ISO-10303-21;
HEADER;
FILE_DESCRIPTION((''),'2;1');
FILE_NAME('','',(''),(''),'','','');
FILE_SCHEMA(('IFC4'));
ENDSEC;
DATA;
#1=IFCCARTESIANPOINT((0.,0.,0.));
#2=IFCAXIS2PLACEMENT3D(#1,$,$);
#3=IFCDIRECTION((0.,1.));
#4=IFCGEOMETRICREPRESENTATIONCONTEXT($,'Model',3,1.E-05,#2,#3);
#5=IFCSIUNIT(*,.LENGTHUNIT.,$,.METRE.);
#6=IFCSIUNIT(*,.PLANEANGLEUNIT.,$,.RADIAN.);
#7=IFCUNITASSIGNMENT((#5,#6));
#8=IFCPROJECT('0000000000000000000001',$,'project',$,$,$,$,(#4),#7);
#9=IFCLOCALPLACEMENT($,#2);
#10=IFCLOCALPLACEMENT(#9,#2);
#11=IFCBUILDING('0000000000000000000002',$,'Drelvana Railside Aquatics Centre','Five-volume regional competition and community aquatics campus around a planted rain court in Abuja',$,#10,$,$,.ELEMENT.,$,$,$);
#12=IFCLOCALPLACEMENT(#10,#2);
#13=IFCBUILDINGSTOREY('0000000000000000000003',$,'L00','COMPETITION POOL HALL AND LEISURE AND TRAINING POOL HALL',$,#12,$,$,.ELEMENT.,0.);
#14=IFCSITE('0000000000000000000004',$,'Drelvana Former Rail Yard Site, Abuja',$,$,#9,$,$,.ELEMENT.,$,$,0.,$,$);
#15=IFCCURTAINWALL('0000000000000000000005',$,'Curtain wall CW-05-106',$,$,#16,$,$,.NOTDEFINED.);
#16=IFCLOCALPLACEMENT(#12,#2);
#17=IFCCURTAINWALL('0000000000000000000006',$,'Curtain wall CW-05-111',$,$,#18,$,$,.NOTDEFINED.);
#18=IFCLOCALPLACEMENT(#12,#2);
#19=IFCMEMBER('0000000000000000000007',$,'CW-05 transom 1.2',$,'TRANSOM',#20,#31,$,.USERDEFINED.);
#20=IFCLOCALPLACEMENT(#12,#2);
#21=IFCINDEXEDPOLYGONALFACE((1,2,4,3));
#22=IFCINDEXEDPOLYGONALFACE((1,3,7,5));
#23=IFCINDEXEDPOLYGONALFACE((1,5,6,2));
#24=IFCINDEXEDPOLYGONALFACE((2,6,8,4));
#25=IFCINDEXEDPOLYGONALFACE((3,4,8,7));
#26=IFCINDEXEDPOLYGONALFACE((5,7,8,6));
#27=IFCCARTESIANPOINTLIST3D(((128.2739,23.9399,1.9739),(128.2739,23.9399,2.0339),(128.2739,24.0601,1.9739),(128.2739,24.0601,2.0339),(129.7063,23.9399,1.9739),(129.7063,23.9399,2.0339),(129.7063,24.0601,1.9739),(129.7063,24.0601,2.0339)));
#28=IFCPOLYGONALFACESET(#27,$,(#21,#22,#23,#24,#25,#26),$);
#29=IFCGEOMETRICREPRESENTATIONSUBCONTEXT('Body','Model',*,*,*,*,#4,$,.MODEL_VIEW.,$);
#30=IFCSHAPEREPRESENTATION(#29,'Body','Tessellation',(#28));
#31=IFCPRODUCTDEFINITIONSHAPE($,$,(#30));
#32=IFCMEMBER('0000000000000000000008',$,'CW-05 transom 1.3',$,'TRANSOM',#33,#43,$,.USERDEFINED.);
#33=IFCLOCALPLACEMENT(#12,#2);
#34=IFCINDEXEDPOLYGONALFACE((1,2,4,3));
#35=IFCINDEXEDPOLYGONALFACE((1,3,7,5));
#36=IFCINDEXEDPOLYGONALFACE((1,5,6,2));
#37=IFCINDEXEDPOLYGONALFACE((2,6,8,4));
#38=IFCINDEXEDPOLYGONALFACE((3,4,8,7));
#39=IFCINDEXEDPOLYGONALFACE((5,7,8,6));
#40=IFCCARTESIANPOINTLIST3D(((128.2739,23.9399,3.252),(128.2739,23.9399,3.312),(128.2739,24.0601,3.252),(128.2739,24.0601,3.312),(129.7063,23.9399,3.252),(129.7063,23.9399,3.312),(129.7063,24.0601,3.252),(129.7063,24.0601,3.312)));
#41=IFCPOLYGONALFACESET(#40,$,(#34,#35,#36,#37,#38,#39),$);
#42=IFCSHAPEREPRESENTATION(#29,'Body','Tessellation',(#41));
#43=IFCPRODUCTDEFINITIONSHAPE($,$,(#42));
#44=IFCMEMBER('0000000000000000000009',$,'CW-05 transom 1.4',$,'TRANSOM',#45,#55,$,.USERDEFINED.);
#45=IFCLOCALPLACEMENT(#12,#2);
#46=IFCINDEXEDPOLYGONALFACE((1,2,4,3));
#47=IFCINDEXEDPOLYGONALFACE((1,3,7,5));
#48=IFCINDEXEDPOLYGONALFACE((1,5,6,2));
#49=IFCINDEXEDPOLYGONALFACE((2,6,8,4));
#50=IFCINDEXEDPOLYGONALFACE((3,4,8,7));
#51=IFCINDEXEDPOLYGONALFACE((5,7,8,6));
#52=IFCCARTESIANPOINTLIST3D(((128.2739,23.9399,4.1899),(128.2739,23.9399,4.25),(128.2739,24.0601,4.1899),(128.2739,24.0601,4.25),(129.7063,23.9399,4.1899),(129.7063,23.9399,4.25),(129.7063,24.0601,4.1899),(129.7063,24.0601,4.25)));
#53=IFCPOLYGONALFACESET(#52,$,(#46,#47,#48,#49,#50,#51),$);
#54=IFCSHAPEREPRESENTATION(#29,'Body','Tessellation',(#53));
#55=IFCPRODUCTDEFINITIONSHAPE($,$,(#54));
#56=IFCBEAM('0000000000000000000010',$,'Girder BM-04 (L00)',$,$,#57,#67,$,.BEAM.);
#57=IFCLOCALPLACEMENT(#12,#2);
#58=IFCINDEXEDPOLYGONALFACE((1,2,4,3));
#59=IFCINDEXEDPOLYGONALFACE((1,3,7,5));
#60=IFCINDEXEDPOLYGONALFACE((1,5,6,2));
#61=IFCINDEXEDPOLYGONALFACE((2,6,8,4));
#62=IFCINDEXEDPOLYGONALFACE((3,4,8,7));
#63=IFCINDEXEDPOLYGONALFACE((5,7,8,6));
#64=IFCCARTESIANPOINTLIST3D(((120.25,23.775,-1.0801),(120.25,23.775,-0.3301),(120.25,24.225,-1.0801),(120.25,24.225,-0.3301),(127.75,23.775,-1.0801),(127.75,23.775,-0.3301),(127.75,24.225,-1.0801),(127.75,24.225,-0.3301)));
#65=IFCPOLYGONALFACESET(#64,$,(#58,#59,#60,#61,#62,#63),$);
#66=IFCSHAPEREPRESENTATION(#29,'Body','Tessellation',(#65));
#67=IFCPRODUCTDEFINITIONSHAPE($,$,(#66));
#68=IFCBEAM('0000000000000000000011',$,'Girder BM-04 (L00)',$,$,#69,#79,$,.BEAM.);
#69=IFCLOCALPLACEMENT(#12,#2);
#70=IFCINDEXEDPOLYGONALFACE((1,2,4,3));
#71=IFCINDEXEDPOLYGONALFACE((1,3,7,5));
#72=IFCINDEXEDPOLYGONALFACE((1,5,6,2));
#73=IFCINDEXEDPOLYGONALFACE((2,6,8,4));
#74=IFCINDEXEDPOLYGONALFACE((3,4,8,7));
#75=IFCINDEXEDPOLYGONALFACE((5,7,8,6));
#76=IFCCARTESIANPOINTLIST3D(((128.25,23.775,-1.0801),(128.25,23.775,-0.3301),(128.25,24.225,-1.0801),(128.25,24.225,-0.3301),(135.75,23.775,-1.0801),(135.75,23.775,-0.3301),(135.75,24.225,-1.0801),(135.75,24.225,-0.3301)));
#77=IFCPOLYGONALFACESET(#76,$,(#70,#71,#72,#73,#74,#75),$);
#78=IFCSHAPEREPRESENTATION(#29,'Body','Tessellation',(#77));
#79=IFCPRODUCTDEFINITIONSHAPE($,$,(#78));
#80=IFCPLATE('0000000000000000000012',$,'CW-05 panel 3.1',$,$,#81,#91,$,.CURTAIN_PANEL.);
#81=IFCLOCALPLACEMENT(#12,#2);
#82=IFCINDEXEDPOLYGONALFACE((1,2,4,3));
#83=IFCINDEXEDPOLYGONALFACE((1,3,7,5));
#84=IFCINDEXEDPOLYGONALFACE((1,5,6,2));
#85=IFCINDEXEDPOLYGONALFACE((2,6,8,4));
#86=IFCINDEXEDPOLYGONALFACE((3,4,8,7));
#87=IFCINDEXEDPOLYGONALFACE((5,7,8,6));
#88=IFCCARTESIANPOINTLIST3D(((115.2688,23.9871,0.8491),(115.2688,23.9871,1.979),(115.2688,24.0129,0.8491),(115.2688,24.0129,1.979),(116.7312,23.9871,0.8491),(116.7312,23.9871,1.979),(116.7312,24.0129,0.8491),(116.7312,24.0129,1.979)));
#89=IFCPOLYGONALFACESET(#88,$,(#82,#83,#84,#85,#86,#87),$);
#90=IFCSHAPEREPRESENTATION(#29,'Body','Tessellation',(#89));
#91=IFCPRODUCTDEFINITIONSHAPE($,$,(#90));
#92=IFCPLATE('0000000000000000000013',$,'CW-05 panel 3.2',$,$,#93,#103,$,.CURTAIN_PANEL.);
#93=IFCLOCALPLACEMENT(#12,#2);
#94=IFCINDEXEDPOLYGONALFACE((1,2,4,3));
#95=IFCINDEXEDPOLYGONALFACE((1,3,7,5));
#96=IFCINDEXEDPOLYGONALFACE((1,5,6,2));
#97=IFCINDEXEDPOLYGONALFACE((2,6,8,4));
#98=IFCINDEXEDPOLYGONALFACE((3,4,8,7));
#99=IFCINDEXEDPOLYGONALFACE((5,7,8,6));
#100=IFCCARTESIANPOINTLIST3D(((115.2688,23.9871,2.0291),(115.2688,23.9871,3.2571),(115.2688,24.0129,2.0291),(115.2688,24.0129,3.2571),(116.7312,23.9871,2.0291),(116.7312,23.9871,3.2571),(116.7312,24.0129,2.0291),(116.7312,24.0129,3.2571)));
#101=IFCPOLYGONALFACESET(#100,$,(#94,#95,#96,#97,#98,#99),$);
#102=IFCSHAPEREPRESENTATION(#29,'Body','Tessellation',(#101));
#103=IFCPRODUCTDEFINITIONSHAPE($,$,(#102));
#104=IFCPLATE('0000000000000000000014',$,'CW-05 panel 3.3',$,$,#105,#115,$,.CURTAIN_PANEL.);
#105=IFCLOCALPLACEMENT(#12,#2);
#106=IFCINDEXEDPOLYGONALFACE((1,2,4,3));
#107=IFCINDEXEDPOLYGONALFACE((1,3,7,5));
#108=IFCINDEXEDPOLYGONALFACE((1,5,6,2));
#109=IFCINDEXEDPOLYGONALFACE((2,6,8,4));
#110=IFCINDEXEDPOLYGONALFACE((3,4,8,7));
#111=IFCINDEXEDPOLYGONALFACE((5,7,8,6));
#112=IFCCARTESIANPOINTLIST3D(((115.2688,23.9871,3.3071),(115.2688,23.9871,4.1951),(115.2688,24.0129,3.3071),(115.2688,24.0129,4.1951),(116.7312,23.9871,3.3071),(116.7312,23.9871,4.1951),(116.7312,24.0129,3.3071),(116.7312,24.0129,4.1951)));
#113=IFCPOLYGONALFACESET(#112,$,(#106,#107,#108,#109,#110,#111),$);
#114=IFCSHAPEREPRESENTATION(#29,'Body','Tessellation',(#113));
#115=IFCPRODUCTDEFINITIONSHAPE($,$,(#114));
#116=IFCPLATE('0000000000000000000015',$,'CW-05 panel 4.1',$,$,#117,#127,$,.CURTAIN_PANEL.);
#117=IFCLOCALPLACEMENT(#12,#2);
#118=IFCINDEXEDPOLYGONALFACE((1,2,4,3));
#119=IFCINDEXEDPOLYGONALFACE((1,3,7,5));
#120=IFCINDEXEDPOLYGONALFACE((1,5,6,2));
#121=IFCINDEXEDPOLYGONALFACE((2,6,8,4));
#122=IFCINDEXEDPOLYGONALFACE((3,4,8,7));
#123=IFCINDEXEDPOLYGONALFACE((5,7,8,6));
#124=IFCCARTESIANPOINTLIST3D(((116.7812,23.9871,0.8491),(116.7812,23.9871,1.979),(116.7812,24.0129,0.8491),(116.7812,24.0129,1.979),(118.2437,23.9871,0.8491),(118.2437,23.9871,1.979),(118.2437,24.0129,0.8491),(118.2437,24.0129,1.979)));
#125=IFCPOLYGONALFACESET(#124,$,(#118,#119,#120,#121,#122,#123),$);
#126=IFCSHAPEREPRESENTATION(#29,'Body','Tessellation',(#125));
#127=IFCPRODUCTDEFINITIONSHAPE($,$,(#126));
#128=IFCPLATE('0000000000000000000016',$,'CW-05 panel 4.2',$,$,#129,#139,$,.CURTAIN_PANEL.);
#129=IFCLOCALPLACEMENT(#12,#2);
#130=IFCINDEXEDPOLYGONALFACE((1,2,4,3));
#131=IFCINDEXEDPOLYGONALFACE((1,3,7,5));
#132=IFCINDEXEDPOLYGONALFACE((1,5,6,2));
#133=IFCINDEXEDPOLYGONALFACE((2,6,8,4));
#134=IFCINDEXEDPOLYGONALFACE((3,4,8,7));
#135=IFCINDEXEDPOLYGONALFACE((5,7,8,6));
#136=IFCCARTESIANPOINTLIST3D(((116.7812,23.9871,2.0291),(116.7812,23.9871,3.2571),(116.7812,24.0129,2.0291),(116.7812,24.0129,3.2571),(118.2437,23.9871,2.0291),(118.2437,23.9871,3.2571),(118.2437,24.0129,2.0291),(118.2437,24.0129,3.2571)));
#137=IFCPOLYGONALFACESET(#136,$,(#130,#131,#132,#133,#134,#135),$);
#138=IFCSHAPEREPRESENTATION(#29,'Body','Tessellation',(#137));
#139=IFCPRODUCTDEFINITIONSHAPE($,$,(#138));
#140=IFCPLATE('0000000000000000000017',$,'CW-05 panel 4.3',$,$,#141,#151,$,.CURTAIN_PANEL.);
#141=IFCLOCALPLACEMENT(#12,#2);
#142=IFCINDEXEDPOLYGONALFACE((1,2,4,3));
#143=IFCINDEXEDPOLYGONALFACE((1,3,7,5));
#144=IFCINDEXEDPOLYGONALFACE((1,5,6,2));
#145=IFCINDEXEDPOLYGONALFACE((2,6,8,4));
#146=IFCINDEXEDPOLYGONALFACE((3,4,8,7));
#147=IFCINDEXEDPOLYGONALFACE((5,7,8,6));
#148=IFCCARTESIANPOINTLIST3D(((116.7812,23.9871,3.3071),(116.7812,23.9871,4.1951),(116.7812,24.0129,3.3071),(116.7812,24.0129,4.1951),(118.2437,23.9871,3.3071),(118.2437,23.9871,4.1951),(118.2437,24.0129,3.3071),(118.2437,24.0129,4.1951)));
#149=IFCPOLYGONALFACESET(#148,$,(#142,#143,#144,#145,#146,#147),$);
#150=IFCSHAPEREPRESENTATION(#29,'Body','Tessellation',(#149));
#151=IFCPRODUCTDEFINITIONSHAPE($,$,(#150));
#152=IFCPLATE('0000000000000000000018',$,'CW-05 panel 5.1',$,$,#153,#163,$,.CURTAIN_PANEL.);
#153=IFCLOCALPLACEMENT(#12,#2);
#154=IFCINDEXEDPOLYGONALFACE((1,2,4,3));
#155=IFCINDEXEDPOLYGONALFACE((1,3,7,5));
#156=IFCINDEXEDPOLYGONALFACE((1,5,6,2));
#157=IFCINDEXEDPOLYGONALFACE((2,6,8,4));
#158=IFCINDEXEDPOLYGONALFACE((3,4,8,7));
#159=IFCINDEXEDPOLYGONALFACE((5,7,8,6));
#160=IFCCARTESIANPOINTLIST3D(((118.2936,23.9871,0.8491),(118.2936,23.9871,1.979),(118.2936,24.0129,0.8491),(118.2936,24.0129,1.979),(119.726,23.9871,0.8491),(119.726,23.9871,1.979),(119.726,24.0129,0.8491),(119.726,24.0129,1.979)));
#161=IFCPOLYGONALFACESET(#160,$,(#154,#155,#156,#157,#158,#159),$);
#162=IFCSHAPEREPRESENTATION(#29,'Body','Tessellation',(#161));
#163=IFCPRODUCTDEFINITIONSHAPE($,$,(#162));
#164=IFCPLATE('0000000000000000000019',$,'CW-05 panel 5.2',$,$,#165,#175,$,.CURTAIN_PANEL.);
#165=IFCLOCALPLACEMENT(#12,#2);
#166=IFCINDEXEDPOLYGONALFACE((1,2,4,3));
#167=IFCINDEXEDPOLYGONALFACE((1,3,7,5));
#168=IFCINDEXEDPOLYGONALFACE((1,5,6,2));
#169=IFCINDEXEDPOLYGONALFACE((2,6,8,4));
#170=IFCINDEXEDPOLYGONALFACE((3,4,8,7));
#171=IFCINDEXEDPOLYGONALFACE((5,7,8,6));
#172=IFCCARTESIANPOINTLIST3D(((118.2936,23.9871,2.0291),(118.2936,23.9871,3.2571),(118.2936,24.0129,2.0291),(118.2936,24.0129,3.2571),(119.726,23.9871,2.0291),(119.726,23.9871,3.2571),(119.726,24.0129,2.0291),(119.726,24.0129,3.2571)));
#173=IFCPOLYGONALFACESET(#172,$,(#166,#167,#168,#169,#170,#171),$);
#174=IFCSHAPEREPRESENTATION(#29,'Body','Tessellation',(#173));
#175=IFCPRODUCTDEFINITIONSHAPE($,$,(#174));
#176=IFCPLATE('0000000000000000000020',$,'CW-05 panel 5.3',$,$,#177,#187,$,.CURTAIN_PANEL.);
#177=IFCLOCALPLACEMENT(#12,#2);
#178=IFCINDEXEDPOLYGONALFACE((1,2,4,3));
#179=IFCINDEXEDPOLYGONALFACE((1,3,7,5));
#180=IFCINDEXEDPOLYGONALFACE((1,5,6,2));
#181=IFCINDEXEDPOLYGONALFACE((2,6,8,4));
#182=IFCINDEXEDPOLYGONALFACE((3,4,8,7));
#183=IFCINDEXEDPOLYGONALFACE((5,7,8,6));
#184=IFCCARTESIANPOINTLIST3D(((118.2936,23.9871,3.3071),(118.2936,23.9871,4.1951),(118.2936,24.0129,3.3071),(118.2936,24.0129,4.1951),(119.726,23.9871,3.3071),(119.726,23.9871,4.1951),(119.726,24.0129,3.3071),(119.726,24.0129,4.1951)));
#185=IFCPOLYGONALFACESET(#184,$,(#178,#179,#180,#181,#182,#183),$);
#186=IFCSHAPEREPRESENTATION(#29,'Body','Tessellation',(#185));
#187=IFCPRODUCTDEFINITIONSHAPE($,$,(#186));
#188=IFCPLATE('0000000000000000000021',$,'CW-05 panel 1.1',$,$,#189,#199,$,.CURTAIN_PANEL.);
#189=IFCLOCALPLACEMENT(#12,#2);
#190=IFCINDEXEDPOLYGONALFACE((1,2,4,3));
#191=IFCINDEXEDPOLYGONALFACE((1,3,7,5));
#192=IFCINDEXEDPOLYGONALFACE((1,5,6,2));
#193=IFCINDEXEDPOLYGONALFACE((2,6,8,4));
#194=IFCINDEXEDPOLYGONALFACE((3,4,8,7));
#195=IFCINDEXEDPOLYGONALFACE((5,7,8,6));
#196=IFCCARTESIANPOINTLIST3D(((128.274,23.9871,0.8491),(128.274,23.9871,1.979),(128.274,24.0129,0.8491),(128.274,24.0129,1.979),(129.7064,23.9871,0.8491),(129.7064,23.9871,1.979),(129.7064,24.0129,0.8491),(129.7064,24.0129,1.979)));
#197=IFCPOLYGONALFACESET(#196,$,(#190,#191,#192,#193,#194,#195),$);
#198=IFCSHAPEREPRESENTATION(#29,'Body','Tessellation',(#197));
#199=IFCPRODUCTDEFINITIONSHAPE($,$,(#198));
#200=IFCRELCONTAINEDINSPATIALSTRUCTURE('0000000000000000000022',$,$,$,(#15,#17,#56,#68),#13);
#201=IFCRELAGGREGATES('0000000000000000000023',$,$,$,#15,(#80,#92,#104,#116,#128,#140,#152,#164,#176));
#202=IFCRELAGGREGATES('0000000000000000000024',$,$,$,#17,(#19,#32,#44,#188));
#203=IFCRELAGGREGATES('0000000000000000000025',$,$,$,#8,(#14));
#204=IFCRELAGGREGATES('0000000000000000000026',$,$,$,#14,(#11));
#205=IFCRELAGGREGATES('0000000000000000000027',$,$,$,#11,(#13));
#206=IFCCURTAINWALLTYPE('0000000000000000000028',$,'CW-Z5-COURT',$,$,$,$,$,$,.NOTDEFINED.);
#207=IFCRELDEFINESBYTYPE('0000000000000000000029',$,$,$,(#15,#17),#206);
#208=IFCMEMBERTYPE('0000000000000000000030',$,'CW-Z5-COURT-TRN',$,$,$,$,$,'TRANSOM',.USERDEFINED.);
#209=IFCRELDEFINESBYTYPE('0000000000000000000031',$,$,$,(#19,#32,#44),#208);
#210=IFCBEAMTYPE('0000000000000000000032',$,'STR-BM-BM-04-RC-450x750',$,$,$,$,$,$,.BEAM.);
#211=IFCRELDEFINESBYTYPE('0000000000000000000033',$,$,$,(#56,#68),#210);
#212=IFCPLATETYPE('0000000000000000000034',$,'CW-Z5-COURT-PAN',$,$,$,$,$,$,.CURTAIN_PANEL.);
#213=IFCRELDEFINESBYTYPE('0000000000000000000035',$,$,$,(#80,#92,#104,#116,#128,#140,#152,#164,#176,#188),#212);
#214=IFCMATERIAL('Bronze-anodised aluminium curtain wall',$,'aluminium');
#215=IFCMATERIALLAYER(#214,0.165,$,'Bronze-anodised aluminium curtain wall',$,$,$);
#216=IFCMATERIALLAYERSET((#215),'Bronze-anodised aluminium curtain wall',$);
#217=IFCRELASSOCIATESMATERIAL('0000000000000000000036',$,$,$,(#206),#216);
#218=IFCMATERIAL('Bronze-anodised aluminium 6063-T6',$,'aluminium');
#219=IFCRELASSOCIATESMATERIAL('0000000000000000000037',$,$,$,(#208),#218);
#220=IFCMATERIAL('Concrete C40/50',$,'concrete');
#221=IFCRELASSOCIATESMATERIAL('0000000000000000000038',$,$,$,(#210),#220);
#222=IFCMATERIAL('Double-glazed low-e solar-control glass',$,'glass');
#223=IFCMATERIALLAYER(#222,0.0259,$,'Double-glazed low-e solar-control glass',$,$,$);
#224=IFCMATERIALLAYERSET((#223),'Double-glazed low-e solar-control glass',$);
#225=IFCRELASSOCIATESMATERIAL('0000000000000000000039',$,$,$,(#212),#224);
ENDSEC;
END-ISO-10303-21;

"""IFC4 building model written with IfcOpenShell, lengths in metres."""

from ifc_helpers import new_model, si_unit, direction, frame, origin, origin_2d, place, context, subcontext, project, spatial, rectangle, extrude, material, layer, layer_set, material_profile, profile_set, type_object, element, aggregate, save


model = new_model("IFC4")

# Units and contexts
model_context = context("Model", 3, precision=1e-05, world=origin(), true_north=direction((0.0, 1.0)))
body_context = subcontext(model_context, "Body", "Model", "MODEL_VIEW")
ifc_project = project(units=[si_unit("LENGTHUNIT", "METRE"), si_unit("PLANEANGLEUNIT", "RADIAN")], contexts=[model_context])

# Site, building, storey
site_placement = place(None, origin())
site = spatial("IfcSite", under=ifc_project, at=site_placement, Name="Drelvana Former Rail Yard Site, Abuja", CompositionType="ELEMENT", RefElevation=0.0)
building_placement = place(site_placement, origin())
building = spatial("IfcBuilding", under=site, at=building_placement, Name="Drelvana Railside Aquatics Centre", Description="Five-volume regional competition and community aquatics campus around a planted rain court in Abuja", CompositionType="ELEMENT")
storey_placement = place(building_placement, origin())
storey = spatial("IfcBuildingStorey", under=building, at=storey_placement, Name="L00", Description="COMPETITION POOL HALL AND LEISURE AND TRAINING POOL HALL", CompositionType="ELEMENT", Elevation=0.0)

# Shared definitions
ifc_material_1 = material(Name="Concrete C40/50", Category="concrete")

# Curtain wall
ifc_material_2 = material(Name="Bronze-anodised aluminium curtain wall", Category="aluminium")
ifc_layer_1 = layer(ifc_material_2, 0.165, Name="Bronze-anodised aluminium curtain wall")
ifc_layer_set_1 = layer_set([ifc_layer_1], Name="Bronze-anodised aluminium curtain wall")
curtain_wall_type = type_object("IfcCurtainWallType", Name="CW-Z5-COURT", PredefinedType="NOTDEFINED", material=ifc_layer_set_1)
curtain_wall_1_placement = place(storey_placement, origin())
curtain_wall_1 = element("IfcCurtainWall", 1, at=curtain_wall_1_placement, inside=storey, type_object=curtain_wall_type, Name="Curtain wall CW-05-106", PredefinedType="NOTDEFINED")
ifc_material_3 = material(Name="Bronze-anodised aluminium 6063-T6", Category="aluminium")

# Curtain wall
curtain_wall_2_placement = place(storey_placement, origin())
curtain_wall_2 = element("IfcCurtainWall", 2, at=curtain_wall_2_placement, inside=storey, type_object=curtain_wall_type, Name="Curtain wall CW-05-111", PredefinedType="NOTDEFINED")

# Members
ifc_material_profile_1 = material_profile(ifc_material_3, rectangle(XDim=0.1201, YDim=0.0601, at=origin_2d()), Name="ALU-T 60x120")
ifc_profile_set_1 = profile_set([ifc_material_profile_1], Name="Bronze-anodised aluminium 6063-T6")
member_type_1 = type_object("IfcMemberType", Name="CW-Z5-COURT-TRN", ElementType="TRANSOM", PredefinedType="USERDEFINED", material=ifc_profile_set_1)
member_1_placement = place(storey_placement, frame((128.2739, 24.0, 2.0039), z_axis=(1.0, 0.0, 0.0), x_axis=(0.0, 1.0, 0.0)))
member_1 = element("IfcMember", 3, at=member_1_placement, type_object=member_type_1, Name="CW-05 transom 1.2", ObjectType="TRANSOM", PredefinedType="USERDEFINED", context=body_context, shape_type="SweptSolid", body=[
    extrude(rectangle(XDim=0.1201, YDim=0.0601, at=origin_2d()), origin(), (0.0, 0.0, 1.0), 1.4324),
])
member_2_placement = place(storey_placement, frame((128.2739, 24.0, 3.282), z_axis=(1.0, 0.0, 0.0), x_axis=(0.0, 1.0, 0.0)))
member_2 = element("IfcMember", 4, at=member_2_placement, type_object=member_type_1, Name="CW-05 transom 1.3", ObjectType="TRANSOM", PredefinedType="USERDEFINED", context=body_context, shape_type="SweptSolid", body=[
    extrude(rectangle(XDim=0.1201, YDim=0.0601, at=origin_2d()), origin(), (0.0, 0.0, 1.0), 1.4324),
])
member_3_placement = place(storey_placement, frame((128.2739, 24.0, 4.22), z_axis=(1.0, 0.0, 0.0), x_axis=(0.0, 1.0, 0.0)))
member_3 = element("IfcMember", 5, at=member_3_placement, type_object=member_type_1, Name="CW-05 transom 1.4", ObjectType="TRANSOM", PredefinedType="USERDEFINED", context=body_context, shape_type="SweptSolid", body=[
    extrude(rectangle(XDim=0.1201, YDim=0.0601, at=origin_2d()), origin(), (0.0, 0.0, 1.0), 1.4324),
])

# Beams
ifc_material_profile_2 = material_profile(ifc_material_1, rectangle(XDim=0.45, YDim=0.75, at=origin_2d()), Name="RC 450x750")
ifc_profile_set_2 = profile_set([ifc_material_profile_2], Name="Concrete C40/50")
beam_type = type_object("IfcBeamType", Name="STR-BM-BM-04-RC-450x750", PredefinedType="BEAM", material=ifc_profile_set_2)
for number, where, z_axis, x_axis, name in (
    (6, (120.25, 24.0, -0.7051), (1.0, 0.0, 0.0), (0.0, 1.0, 0.0), "Girder BM-04 (L00)"),
    (7, (128.25, 24.0, -0.7051), (1.0, 0.0, 0.0), (0.0, 1.0, 0.0), "Girder BM-04 (L00)"),
):
    element("IfcBeam", number, at=place(storey_placement, frame(where, z_axis=z_axis, x_axis=x_axis)), inside=storey, type_object=beam_type, Name=name, PredefinedType="BEAM", context=body_context, shape_type="SweptSolid", body=[
        extrude(rectangle(XDim=0.45, YDim=0.75, at=origin_2d()), origin(), (0.0, 0.0, 1.0), 7.5),
    ])

# Plates
ifc_material_4 = material(Name="Double-glazed low-e solar-control glass", Category="glass")
ifc_layer_2 = layer(ifc_material_4, 0.0259, Name="Double-glazed low-e solar-control glass")
ifc_layer_set_2 = layer_set([ifc_layer_2], Name="Double-glazed low-e solar-control glass")
plate_type = type_object("IfcPlateType", Name="CW-Z5-COURT-PAN", PredefinedType="CURTAIN_PANEL", material=ifc_layer_set_2)
plate_1_placement = place(storey_placement, frame((116.0, 24.0, 0.8491), z_axis=(0.0, 0.0, 1.0), x_axis=(1.0, 0.0, 0.0)))
plate_1 = element("IfcPlate", 8, at=plate_1_placement, type_object=plate_type, Name="CW-05 panel 3.1", PredefinedType="CURTAIN_PANEL", context=body_context, shape_type="SweptSolid", body=[
    extrude(rectangle(XDim=1.4624, YDim=0.0259, at=origin_2d()), origin(), (0.0, 0.0, 1.0), 1.1299),
])
plate_2_placement = place(storey_placement, frame((116.0, 24.0, 2.0291), z_axis=(0.0, 0.0, 1.0), x_axis=(1.0, 0.0, 0.0)))
plate_2 = element("IfcPlate", 9, at=plate_2_placement, type_object=plate_type, Name="CW-05 panel 3.2", PredefinedType="CURTAIN_PANEL", context=body_context, shape_type="SweptSolid", body=[
    extrude(rectangle(XDim=1.4624, YDim=0.0259, at=origin_2d()), origin(), (0.0, 0.0, 1.0), 1.228),
])
plate_3_placement = place(storey_placement, frame((116.0, 24.0, 3.3071), z_axis=(0.0, 0.0, 1.0), x_axis=(1.0, 0.0, 0.0)))
plate_3 = element("IfcPlate", 10, at=plate_3_placement, type_object=plate_type, Name="CW-05 panel 3.3", PredefinedType="CURTAIN_PANEL", context=body_context, shape_type="SweptSolid", body=[
    extrude(rectangle(XDim=1.4624, YDim=0.0259, at=origin_2d()), origin(), (0.0, 0.0, 1.0), 0.8879),
])
plate_4_placement = place(storey_placement, frame((117.5125, 24.0, 0.8491), z_axis=(0.0, 0.0, 1.0), x_axis=(1.0, 0.0, 0.0)))
plate_4 = element("IfcPlate", 11, at=plate_4_placement, type_object=plate_type, Name="CW-05 panel 4.1", PredefinedType="CURTAIN_PANEL", context=body_context, shape_type="SweptSolid", body=[
    extrude(rectangle(XDim=1.4624, YDim=0.0259, at=origin_2d()), origin(), (0.0, 0.0, 1.0), 1.1299),
])
plate_5_placement = place(storey_placement, frame((117.5125, 24.0, 2.0291), z_axis=(0.0, 0.0, 1.0), x_axis=(1.0, 0.0, 0.0)))
plate_5 = element("IfcPlate", 12, at=plate_5_placement, type_object=plate_type, Name="CW-05 panel 4.2", PredefinedType="CURTAIN_PANEL", context=body_context, shape_type="SweptSolid", body=[
    extrude(rectangle(XDim=1.4624, YDim=0.0259, at=origin_2d()), origin(), (0.0, 0.0, 1.0), 1.228),
])
plate_6_placement = place(storey_placement, frame((117.5125, 24.0, 3.3071), z_axis=(0.0, 0.0, 1.0), x_axis=(1.0, 0.0, 0.0)))
plate_6 = element("IfcPlate", 13, at=plate_6_placement, type_object=plate_type, Name="CW-05 panel 4.3", PredefinedType="CURTAIN_PANEL", context=body_context, shape_type="SweptSolid", body=[
    extrude(rectangle(XDim=1.4624, YDim=0.0259, at=origin_2d()), origin(), (0.0, 0.0, 1.0), 0.8879),
])
plate_7_placement = place(storey_placement, frame((119.0098, 24.0, 0.8491), z_axis=(0.0, 0.0, 1.0), x_axis=(1.0, 0.0, 0.0)))
plate_7 = element("IfcPlate", 14, at=plate_7_placement, type_object=plate_type, Name="CW-05 panel 5.1", PredefinedType="CURTAIN_PANEL", context=body_context, shape_type="SweptSolid", body=[
    extrude(rectangle(XDim=1.4324, YDim=0.0259, at=origin_2d()), origin(), (0.0, 0.0, 1.0), 1.1299),
])
plate_8_placement = place(storey_placement, frame((119.0098, 24.0, 2.0291), z_axis=(0.0, 0.0, 1.0), x_axis=(1.0, 0.0, 0.0)))
plate_8 = element("IfcPlate", 15, at=plate_8_placement, type_object=plate_type, Name="CW-05 panel 5.2", PredefinedType="CURTAIN_PANEL", context=body_context, shape_type="SweptSolid", body=[
    extrude(rectangle(XDim=1.4324, YDim=0.0259, at=origin_2d()), origin(), (0.0, 0.0, 1.0), 1.228),
])
plate_9_placement = place(storey_placement, frame((119.0098, 24.0, 3.3071), z_axis=(0.0, 0.0, 1.0), x_axis=(1.0, 0.0, 0.0)))
plate_9 = element("IfcPlate", 16, at=plate_9_placement, type_object=plate_type, Name="CW-05 panel 5.3", PredefinedType="CURTAIN_PANEL", context=body_context, shape_type="SweptSolid", body=[
    extrude(rectangle(XDim=1.4324, YDim=0.0259, at=origin_2d()), origin(), (0.0, 0.0, 1.0), 0.8879),
])
aggregate(curtain_wall_1, [plate_1, plate_2, plate_3, plate_4, plate_5, plate_6, plate_7, plate_8, plate_9])
plate_10_placement = place(storey_placement, frame((128.9902, 24.0, 0.8491), z_axis=(0.0, 0.0, 1.0), x_axis=(1.0, 0.0, 0.0)))
plate_10 = element("IfcPlate", 17, at=plate_10_placement, type_object=plate_type, Name="CW-05 panel 1.1", PredefinedType="CURTAIN_PANEL", context=body_context, shape_type="SweptSolid", body=[
    extrude(rectangle(XDim=1.4324, YDim=0.0259, at=origin_2d()), origin(), (0.0, 0.0, 1.0), 1.1299),
])
aggregate(curtain_wall_2, [member_1, member_2, member_3, plate_10])

save(model, "model.ifc")
